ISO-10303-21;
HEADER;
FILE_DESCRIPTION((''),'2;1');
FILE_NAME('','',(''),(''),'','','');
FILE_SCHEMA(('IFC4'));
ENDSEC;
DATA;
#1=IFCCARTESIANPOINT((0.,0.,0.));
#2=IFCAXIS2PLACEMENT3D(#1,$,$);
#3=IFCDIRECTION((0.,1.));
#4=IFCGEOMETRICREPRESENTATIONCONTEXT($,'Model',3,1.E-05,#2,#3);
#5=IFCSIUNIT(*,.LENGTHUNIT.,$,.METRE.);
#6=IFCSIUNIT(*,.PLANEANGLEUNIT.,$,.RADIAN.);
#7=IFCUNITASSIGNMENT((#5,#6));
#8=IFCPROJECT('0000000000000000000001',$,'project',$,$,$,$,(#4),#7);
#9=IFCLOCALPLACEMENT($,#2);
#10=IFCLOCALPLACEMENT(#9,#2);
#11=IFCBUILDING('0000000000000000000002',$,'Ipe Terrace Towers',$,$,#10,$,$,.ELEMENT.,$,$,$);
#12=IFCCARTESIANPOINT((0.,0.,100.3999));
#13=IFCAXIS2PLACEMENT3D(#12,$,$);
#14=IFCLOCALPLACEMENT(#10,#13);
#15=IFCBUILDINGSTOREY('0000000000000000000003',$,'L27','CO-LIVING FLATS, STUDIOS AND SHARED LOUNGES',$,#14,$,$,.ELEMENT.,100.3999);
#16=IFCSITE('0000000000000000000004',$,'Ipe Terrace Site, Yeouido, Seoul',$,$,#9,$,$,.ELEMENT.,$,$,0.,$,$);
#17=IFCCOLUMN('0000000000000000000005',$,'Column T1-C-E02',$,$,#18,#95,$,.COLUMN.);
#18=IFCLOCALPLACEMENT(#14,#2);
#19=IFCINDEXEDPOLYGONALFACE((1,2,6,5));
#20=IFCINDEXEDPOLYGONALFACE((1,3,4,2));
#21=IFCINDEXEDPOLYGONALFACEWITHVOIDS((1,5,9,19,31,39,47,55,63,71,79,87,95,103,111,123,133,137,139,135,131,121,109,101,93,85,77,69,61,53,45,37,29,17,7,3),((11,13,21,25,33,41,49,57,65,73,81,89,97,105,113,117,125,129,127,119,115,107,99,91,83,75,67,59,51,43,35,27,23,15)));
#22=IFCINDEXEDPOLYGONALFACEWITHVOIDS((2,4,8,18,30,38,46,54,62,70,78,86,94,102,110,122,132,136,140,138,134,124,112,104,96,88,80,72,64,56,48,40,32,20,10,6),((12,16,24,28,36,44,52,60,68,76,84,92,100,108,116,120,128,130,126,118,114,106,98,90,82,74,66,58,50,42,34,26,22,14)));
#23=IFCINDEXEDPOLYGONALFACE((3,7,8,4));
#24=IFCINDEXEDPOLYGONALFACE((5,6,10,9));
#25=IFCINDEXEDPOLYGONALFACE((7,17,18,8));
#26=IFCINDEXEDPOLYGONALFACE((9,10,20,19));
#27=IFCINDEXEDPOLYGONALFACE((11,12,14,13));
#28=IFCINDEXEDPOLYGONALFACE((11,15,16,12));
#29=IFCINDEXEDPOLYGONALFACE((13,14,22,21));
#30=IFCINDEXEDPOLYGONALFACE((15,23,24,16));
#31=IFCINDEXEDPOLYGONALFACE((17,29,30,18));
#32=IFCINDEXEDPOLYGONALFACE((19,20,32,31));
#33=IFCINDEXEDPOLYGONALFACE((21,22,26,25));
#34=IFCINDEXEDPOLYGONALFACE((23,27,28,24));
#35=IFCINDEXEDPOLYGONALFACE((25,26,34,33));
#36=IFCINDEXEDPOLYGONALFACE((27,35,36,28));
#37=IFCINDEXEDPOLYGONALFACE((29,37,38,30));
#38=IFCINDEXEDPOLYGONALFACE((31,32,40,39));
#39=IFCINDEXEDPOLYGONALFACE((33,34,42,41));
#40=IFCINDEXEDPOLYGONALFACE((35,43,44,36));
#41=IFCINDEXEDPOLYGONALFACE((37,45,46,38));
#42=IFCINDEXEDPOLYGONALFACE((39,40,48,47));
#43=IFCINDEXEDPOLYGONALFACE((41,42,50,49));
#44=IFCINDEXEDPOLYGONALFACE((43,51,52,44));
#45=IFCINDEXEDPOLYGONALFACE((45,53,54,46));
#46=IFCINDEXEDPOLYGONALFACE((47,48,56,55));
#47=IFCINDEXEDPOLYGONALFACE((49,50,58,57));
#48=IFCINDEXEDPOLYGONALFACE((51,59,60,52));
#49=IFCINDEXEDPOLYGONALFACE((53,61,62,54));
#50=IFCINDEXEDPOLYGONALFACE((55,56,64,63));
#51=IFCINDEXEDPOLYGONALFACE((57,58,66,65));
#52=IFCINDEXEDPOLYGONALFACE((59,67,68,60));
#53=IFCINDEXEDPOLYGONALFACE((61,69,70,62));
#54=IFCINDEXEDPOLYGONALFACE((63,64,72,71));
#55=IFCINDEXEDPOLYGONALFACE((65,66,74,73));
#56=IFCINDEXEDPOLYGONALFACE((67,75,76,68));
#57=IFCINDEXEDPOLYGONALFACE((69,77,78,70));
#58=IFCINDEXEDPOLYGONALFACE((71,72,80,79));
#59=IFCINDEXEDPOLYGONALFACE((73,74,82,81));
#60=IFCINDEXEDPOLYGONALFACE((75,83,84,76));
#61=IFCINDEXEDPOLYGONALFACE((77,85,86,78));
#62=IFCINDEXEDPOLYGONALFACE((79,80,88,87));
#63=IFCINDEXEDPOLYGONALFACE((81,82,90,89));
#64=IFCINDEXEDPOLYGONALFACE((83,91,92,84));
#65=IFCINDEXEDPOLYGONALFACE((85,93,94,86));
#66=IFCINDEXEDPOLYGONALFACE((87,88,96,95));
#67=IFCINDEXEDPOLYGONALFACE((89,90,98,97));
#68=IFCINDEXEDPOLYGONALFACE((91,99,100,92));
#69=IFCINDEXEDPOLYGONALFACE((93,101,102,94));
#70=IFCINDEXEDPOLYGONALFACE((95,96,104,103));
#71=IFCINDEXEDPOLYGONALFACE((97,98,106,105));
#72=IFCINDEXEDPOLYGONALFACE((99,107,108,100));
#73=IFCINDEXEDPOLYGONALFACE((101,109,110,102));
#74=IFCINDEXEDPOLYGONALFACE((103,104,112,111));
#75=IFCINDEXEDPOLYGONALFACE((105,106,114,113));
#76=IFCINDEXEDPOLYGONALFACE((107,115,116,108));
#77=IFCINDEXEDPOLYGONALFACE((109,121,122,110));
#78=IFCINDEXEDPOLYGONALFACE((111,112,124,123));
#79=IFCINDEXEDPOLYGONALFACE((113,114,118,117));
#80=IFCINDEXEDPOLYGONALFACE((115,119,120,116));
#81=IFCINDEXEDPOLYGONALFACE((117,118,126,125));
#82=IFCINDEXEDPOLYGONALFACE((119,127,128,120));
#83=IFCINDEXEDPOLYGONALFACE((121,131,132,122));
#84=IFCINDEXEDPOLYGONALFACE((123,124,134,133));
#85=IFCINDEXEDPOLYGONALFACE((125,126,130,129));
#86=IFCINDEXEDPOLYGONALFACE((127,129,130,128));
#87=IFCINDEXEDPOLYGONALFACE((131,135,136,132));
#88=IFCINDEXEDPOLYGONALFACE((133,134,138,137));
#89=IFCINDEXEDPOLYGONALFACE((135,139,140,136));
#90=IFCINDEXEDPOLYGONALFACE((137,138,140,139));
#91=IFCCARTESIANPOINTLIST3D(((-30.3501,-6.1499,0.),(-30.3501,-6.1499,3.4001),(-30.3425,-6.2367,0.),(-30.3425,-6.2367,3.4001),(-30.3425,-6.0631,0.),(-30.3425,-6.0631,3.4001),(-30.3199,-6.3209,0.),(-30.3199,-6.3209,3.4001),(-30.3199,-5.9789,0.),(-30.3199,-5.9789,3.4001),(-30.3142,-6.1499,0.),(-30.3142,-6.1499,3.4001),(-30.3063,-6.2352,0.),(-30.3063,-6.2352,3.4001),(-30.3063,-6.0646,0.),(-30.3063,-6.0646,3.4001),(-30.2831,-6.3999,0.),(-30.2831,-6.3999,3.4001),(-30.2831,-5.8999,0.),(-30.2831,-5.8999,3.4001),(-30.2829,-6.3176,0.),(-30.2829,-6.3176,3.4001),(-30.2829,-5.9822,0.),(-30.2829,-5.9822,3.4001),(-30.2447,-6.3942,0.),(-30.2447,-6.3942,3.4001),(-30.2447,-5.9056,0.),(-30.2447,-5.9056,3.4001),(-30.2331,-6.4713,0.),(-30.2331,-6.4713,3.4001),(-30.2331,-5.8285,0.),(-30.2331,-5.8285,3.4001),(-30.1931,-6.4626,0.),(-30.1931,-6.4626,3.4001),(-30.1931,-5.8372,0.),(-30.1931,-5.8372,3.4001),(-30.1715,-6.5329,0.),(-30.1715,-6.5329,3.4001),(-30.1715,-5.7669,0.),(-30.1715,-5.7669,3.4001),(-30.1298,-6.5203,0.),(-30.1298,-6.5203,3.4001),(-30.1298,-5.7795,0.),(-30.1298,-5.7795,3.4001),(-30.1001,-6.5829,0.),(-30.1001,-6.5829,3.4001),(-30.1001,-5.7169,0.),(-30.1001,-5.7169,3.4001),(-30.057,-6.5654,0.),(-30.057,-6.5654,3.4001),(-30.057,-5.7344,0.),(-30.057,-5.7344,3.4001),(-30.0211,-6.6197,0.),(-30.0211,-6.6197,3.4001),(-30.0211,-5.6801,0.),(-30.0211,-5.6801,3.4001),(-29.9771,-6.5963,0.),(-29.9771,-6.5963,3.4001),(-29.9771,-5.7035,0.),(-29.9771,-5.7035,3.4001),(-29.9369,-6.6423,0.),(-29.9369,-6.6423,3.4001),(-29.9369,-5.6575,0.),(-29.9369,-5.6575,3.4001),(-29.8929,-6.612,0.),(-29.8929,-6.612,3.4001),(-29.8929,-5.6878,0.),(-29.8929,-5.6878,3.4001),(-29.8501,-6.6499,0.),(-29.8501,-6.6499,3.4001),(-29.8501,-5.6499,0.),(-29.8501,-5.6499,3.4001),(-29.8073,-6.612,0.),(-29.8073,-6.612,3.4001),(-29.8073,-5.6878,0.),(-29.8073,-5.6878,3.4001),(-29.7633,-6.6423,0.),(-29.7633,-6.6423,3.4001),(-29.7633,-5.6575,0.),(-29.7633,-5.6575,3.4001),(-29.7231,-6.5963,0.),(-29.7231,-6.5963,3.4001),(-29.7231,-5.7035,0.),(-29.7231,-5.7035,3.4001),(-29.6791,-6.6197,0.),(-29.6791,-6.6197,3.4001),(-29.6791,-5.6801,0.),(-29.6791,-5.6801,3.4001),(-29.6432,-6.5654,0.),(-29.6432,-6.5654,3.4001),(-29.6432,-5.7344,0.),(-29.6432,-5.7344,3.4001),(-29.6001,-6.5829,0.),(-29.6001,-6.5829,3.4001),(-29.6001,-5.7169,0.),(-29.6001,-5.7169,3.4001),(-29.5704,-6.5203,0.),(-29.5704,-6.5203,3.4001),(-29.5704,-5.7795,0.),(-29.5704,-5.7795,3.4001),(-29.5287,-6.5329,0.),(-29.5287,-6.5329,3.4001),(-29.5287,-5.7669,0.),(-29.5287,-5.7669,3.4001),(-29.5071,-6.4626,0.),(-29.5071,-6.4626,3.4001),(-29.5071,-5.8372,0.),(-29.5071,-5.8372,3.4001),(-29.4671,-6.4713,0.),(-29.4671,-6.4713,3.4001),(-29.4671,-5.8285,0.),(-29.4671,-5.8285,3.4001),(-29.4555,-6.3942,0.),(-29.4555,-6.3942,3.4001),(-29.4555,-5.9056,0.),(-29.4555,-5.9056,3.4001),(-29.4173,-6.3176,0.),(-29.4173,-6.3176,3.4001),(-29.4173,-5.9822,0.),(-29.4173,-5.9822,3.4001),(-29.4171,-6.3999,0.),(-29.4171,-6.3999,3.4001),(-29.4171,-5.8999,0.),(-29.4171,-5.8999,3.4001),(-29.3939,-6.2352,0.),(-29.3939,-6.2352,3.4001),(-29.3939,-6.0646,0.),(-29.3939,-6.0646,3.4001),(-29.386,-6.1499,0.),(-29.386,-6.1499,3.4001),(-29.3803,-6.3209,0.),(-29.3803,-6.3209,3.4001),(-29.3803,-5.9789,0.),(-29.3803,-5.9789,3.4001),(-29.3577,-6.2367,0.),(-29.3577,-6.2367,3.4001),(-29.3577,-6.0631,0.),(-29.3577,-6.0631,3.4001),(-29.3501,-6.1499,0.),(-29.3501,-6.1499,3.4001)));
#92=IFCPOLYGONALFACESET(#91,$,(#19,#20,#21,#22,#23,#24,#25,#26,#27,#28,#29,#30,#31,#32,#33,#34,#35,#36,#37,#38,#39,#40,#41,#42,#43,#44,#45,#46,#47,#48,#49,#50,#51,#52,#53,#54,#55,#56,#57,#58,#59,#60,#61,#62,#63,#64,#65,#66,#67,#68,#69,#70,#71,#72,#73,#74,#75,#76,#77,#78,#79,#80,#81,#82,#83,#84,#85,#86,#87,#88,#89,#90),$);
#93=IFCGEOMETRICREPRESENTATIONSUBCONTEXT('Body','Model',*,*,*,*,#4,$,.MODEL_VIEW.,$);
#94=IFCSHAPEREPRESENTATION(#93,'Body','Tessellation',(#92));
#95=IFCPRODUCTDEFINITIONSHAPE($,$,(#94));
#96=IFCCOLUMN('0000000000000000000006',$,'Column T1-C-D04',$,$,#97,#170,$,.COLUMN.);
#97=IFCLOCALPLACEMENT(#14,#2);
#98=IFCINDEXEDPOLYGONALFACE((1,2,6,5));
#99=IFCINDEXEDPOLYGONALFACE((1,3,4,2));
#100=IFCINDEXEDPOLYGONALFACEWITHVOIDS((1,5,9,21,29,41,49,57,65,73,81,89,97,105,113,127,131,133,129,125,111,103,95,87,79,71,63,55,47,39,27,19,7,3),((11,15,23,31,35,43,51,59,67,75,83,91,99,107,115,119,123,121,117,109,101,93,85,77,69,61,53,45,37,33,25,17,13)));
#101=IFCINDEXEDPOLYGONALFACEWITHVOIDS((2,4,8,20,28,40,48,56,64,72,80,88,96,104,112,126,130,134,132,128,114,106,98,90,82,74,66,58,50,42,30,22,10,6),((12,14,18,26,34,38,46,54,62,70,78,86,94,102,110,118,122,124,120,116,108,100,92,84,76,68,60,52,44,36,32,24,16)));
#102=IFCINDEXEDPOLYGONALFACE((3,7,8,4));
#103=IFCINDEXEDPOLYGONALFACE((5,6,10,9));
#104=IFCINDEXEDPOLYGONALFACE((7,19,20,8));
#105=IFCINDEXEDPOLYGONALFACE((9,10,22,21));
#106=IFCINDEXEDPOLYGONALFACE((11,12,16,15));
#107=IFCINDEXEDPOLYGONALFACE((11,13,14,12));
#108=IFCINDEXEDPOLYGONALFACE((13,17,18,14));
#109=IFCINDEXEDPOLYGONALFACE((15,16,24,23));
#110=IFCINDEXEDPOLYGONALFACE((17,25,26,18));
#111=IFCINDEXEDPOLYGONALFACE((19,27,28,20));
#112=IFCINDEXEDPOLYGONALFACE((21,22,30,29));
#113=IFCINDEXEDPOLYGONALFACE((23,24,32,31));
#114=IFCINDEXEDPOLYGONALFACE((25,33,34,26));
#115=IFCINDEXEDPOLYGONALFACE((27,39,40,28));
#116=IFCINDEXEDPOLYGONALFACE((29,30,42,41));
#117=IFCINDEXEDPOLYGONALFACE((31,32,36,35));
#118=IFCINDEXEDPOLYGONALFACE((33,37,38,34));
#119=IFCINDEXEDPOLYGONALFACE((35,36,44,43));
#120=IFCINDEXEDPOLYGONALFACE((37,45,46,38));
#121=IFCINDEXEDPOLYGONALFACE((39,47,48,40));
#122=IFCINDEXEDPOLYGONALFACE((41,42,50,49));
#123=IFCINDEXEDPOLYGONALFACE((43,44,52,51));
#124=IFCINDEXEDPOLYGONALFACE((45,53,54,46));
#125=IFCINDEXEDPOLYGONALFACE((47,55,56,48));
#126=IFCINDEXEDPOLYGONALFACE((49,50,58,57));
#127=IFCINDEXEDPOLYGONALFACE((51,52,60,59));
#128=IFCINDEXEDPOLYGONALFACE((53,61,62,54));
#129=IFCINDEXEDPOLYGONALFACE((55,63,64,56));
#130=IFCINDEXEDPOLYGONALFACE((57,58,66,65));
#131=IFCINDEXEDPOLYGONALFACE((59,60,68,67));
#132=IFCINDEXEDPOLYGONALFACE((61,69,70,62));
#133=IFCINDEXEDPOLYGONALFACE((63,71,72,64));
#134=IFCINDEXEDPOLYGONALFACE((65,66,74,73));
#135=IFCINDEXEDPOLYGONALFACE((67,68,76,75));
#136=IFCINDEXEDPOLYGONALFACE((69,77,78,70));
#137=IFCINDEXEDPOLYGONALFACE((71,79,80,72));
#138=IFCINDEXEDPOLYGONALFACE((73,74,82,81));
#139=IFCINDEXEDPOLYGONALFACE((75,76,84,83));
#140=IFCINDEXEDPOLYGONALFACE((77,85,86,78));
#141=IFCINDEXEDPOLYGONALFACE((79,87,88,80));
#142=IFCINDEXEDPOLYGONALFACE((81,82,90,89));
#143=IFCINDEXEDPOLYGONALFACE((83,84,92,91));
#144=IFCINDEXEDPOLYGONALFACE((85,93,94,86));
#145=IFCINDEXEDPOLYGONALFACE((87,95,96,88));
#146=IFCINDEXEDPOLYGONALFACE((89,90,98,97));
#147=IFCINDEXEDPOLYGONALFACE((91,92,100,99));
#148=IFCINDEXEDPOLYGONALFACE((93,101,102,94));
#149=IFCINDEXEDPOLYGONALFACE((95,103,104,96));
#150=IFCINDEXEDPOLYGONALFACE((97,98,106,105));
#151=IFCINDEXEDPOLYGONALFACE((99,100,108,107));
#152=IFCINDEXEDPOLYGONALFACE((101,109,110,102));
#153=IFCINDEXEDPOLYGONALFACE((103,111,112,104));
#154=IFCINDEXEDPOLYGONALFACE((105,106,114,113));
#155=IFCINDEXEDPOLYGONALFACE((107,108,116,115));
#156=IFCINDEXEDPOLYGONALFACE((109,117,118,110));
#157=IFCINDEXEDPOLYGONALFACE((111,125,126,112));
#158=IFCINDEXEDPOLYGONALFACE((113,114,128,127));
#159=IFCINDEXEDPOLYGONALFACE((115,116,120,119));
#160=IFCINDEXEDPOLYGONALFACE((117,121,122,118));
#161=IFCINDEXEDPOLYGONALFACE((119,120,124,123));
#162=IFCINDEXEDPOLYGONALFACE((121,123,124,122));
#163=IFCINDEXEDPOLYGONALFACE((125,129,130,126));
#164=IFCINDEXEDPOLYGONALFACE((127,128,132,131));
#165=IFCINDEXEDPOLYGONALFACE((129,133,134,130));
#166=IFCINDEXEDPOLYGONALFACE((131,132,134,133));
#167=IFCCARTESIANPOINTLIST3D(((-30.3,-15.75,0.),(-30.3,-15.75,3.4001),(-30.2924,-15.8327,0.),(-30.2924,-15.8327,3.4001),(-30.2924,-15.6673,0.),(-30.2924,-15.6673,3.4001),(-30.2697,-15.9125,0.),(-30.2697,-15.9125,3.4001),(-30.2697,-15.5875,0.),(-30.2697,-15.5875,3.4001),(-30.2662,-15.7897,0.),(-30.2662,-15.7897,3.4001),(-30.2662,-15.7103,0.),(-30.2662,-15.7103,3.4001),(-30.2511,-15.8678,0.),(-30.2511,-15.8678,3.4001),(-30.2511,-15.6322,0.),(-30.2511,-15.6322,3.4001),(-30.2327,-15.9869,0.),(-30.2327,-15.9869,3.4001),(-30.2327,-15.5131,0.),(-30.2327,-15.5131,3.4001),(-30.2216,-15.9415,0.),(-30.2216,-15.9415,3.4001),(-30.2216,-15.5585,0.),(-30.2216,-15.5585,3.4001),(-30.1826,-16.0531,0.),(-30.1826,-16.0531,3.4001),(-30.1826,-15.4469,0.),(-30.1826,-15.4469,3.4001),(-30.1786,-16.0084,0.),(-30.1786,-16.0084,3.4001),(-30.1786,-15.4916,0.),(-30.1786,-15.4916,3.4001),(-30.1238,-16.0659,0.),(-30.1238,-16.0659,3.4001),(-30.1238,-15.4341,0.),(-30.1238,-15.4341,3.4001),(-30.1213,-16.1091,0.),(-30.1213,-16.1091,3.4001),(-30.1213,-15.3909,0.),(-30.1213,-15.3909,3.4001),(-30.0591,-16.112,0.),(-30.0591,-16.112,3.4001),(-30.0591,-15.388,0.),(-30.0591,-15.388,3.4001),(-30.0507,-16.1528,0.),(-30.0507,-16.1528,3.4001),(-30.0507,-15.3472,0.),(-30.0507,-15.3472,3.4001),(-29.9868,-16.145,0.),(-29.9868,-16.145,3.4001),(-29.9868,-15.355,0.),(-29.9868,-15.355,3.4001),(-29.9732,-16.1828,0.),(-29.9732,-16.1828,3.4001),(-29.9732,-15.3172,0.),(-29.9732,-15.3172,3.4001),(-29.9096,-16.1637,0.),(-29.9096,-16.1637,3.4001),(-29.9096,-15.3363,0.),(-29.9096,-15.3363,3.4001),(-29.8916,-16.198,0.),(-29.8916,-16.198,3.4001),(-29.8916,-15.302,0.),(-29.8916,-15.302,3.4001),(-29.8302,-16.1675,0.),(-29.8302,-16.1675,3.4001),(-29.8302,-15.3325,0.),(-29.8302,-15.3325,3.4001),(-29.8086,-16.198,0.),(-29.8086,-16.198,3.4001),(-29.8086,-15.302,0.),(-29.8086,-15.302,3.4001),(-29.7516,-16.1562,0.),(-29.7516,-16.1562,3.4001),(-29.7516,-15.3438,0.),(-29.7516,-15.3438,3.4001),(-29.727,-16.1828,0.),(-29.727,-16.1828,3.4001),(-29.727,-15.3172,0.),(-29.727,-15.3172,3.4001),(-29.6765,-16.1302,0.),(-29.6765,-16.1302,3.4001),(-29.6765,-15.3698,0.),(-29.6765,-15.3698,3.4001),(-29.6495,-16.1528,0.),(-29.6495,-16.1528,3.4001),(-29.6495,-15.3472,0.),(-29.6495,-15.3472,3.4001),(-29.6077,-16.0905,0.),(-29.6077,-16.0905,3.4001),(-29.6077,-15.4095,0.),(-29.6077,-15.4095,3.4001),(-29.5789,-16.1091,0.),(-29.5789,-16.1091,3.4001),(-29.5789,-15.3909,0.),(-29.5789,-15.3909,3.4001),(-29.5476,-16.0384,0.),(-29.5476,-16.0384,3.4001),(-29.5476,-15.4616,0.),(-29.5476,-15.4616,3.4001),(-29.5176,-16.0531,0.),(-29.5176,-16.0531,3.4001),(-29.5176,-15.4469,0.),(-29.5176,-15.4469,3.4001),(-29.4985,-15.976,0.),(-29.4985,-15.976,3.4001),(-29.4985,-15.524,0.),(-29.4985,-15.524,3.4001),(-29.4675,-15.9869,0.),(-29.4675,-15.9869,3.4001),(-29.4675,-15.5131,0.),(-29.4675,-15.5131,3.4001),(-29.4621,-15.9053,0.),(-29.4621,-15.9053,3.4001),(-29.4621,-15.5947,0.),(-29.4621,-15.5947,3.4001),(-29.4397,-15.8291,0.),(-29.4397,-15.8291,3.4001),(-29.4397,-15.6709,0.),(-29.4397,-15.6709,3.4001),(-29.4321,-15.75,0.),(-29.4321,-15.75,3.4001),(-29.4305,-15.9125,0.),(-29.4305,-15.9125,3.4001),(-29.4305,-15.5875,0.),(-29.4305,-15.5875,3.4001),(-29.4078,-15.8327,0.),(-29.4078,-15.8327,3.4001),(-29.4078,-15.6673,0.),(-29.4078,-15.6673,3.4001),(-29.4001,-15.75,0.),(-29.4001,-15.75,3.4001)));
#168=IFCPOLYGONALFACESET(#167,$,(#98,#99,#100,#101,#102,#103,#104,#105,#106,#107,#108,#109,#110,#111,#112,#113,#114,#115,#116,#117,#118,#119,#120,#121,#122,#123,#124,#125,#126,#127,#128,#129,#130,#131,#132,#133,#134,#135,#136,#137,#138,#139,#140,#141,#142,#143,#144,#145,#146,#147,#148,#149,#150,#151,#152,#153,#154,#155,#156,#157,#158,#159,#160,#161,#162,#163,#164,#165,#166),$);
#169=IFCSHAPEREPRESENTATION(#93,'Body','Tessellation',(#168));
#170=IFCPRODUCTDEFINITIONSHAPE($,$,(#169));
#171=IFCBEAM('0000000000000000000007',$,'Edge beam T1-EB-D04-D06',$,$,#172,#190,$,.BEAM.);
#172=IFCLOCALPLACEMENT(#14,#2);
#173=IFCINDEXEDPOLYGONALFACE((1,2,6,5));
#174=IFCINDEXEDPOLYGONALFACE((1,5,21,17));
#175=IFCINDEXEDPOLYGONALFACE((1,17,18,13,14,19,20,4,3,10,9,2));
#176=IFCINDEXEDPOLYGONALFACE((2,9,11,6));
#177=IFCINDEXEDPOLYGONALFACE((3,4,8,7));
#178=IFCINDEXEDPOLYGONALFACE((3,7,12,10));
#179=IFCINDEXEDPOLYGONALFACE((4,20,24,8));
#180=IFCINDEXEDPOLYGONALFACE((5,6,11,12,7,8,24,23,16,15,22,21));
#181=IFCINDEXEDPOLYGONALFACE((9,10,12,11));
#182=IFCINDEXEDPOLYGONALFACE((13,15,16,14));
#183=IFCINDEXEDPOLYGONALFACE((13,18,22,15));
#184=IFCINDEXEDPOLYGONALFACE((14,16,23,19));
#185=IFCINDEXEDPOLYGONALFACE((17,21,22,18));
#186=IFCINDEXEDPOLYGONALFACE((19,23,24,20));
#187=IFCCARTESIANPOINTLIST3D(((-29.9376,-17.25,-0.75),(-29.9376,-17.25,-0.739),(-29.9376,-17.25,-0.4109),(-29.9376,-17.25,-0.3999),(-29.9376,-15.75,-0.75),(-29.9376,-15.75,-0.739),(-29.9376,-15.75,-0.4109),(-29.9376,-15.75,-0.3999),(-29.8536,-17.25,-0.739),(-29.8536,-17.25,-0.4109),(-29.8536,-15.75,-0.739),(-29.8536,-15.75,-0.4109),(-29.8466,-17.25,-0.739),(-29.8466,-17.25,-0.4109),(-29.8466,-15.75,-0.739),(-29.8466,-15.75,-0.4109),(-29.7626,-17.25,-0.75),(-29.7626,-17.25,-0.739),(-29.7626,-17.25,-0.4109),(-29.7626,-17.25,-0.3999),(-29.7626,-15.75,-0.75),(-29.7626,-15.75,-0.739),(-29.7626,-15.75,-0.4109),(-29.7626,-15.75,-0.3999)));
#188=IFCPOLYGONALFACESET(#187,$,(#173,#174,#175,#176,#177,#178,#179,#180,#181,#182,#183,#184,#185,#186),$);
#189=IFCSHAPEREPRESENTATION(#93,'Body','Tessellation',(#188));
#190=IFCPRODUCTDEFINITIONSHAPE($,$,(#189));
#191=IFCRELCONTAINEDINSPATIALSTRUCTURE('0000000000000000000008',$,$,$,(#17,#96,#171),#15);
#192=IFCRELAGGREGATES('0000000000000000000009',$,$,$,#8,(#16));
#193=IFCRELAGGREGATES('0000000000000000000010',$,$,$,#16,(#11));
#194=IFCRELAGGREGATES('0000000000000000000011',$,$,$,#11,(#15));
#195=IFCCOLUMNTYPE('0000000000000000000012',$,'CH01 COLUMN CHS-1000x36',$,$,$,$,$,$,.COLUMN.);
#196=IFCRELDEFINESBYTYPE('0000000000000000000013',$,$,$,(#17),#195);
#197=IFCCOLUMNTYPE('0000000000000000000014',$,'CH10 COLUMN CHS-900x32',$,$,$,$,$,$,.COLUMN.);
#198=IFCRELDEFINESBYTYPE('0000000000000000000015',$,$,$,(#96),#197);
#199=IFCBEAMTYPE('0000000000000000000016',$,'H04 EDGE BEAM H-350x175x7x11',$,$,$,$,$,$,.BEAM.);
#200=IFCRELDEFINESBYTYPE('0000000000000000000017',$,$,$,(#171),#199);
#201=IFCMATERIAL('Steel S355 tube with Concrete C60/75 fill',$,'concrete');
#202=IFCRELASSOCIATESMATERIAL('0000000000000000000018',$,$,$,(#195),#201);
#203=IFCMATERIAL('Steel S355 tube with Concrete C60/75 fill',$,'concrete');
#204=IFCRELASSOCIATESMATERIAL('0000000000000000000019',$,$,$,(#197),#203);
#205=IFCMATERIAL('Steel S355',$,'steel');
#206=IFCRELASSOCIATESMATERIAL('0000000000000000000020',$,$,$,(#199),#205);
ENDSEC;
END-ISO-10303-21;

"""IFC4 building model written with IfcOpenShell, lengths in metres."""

from ifc_helpers import new_model, si_unit, direction, frame, origin, origin_2d, place, context, subcontext, project, spatial, hollow_circle, i_section, extrude, material, material_profile, profile_set, type_object, element, save


model = new_model("IFC4")

# Units and contexts
model_context = context("Model", 3, precision=1e-05, world=origin(), true_north=direction((0.0, 1.0)))
body_context = subcontext(model_context, "Body", "Model", "MODEL_VIEW")
ifc_project = project(units=[si_unit("LENGTHUNIT", "METRE"), si_unit("PLANEANGLEUNIT", "RADIAN")], contexts=[model_context])

# Site, building, storey
site_placement = place(None, origin())
site = spatial("IfcSite", under=ifc_project, at=site_placement, Name="Ipe Terrace Site, Yeouido, Seoul", CompositionType="ELEMENT", RefElevation=0.0)
building_placement = place(site_placement, origin())
building = spatial("IfcBuilding", under=site, at=building_placement, Name="Ipe Terrace Towers", CompositionType="ELEMENT")
storey_placement = place(building_placement, frame((0.0, 0.0, 100.3999)))
storey = spatial("IfcBuildingStorey", under=building, at=storey_placement, Name="L27", Description="CO-LIVING FLATS, STUDIOS AND SHARED LOUNGES", CompositionType="ELEMENT", Elevation=100.3999)

# Columns
ifc_material_1 = material(Name="Steel S355 tube with Concrete C60/75 fill", Category="concrete")
ifc_material_profile_1 = material_profile(ifc_material_1, hollow_circle(Radius=0.5, WallThickness=0.0359, at=origin_2d()), Name="CHS-1000x36")
ifc_profile_set_1 = profile_set([ifc_material_profile_1], Name="Steel S355 tube with Concrete C60/75 fill")
column_type_1 = type_object("IfcColumnType", Name="CH01 COLUMN CHS-1000x36", PredefinedType="COLUMN", material=ifc_profile_set_1)
column_1_placement = place(storey_placement, frame((-29.8501, -6.1499, 0.0), z_axis=(0.0, 0.0, 1.0), x_axis=(1.0, 0.0, 0.0)))
element("IfcColumn", 1, at=column_1_placement, inside=storey, type_object=column_type_1, Name="Column T1-C-E02", PredefinedType="COLUMN", context=body_context, shape_type="SweptSolid", body=[
    extrude(hollow_circle(Radius=0.5, WallThickness=0.0359, at=origin_2d()), origin(), (0.0, 0.0, 1.0), 3.4001),
])
ifc_material_2 = material(Name="Steel S355 tube with Concrete C60/75 fill", Category="concrete")
ifc_material_profile_2 = material_profile(ifc_material_2, hollow_circle(Radius=0.45, WallThickness=0.032, at=origin_2d()), Name="CHS-900x32")
ifc_profile_set_2 = profile_set([ifc_material_profile_2], Name="Steel S355 tube with Concrete C60/75 fill")
column_type_2 = type_object("IfcColumnType", Name="CH10 COLUMN CHS-900x32", PredefinedType="COLUMN", material=ifc_profile_set_2)
column_2_placement = place(storey_placement, frame((-29.8501, -15.75, 0.0), z_axis=(0.0, 0.0, 1.0), x_axis=(1.0, 0.0, 0.0)))
element("IfcColumn", 2, at=column_2_placement, inside=storey, type_object=column_type_2, Name="Column T1-C-D04", PredefinedType="COLUMN", context=body_context, shape_type="SweptSolid", body=[
    extrude(hollow_circle(Radius=0.45, WallThickness=0.032, at=origin_2d()), origin(), (0.0, 0.0, 1.0), 3.4001),
])

# Beam
ifc_material_3 = material(Name="Steel S355", Category="steel")
ifc_material_profile_3 = material_profile(ifc_material_3, i_section(OverallWidth=0.175, OverallDepth=0.3501, WebThickness=0.0071, FlangeThickness=0.011, at=origin_2d()), Name="H-350x175x7x11")
ifc_profile_set_3 = profile_set([ifc_material_profile_3], Name="Steel S355")
beam_type = type_object("IfcBeamType", Name="H04 EDGE BEAM H-350x175x7x11", PredefinedType="BEAM", material=ifc_profile_set_3)
beam_placement = place(storey_placement, frame((-29.8501, -15.75, -0.575), z_axis=(0.0, -1.0, 0.0), x_axis=(1.0, 0.0, 0.0)))
element("IfcBeam", 3, at=beam_placement, inside=storey, type_object=beam_type, Name="Edge beam T1-EB-D04-D06", PredefinedType="BEAM", context=body_context, shape_type="SweptSolid", body=[
    extrude(i_section(OverallWidth=0.175, OverallDepth=0.3501, WebThickness=0.0071, FlangeThickness=0.011, at=origin_2d()), origin(), (0.0, 0.0, 1.0), 1.5),
])

save(model, "model.ifc")
